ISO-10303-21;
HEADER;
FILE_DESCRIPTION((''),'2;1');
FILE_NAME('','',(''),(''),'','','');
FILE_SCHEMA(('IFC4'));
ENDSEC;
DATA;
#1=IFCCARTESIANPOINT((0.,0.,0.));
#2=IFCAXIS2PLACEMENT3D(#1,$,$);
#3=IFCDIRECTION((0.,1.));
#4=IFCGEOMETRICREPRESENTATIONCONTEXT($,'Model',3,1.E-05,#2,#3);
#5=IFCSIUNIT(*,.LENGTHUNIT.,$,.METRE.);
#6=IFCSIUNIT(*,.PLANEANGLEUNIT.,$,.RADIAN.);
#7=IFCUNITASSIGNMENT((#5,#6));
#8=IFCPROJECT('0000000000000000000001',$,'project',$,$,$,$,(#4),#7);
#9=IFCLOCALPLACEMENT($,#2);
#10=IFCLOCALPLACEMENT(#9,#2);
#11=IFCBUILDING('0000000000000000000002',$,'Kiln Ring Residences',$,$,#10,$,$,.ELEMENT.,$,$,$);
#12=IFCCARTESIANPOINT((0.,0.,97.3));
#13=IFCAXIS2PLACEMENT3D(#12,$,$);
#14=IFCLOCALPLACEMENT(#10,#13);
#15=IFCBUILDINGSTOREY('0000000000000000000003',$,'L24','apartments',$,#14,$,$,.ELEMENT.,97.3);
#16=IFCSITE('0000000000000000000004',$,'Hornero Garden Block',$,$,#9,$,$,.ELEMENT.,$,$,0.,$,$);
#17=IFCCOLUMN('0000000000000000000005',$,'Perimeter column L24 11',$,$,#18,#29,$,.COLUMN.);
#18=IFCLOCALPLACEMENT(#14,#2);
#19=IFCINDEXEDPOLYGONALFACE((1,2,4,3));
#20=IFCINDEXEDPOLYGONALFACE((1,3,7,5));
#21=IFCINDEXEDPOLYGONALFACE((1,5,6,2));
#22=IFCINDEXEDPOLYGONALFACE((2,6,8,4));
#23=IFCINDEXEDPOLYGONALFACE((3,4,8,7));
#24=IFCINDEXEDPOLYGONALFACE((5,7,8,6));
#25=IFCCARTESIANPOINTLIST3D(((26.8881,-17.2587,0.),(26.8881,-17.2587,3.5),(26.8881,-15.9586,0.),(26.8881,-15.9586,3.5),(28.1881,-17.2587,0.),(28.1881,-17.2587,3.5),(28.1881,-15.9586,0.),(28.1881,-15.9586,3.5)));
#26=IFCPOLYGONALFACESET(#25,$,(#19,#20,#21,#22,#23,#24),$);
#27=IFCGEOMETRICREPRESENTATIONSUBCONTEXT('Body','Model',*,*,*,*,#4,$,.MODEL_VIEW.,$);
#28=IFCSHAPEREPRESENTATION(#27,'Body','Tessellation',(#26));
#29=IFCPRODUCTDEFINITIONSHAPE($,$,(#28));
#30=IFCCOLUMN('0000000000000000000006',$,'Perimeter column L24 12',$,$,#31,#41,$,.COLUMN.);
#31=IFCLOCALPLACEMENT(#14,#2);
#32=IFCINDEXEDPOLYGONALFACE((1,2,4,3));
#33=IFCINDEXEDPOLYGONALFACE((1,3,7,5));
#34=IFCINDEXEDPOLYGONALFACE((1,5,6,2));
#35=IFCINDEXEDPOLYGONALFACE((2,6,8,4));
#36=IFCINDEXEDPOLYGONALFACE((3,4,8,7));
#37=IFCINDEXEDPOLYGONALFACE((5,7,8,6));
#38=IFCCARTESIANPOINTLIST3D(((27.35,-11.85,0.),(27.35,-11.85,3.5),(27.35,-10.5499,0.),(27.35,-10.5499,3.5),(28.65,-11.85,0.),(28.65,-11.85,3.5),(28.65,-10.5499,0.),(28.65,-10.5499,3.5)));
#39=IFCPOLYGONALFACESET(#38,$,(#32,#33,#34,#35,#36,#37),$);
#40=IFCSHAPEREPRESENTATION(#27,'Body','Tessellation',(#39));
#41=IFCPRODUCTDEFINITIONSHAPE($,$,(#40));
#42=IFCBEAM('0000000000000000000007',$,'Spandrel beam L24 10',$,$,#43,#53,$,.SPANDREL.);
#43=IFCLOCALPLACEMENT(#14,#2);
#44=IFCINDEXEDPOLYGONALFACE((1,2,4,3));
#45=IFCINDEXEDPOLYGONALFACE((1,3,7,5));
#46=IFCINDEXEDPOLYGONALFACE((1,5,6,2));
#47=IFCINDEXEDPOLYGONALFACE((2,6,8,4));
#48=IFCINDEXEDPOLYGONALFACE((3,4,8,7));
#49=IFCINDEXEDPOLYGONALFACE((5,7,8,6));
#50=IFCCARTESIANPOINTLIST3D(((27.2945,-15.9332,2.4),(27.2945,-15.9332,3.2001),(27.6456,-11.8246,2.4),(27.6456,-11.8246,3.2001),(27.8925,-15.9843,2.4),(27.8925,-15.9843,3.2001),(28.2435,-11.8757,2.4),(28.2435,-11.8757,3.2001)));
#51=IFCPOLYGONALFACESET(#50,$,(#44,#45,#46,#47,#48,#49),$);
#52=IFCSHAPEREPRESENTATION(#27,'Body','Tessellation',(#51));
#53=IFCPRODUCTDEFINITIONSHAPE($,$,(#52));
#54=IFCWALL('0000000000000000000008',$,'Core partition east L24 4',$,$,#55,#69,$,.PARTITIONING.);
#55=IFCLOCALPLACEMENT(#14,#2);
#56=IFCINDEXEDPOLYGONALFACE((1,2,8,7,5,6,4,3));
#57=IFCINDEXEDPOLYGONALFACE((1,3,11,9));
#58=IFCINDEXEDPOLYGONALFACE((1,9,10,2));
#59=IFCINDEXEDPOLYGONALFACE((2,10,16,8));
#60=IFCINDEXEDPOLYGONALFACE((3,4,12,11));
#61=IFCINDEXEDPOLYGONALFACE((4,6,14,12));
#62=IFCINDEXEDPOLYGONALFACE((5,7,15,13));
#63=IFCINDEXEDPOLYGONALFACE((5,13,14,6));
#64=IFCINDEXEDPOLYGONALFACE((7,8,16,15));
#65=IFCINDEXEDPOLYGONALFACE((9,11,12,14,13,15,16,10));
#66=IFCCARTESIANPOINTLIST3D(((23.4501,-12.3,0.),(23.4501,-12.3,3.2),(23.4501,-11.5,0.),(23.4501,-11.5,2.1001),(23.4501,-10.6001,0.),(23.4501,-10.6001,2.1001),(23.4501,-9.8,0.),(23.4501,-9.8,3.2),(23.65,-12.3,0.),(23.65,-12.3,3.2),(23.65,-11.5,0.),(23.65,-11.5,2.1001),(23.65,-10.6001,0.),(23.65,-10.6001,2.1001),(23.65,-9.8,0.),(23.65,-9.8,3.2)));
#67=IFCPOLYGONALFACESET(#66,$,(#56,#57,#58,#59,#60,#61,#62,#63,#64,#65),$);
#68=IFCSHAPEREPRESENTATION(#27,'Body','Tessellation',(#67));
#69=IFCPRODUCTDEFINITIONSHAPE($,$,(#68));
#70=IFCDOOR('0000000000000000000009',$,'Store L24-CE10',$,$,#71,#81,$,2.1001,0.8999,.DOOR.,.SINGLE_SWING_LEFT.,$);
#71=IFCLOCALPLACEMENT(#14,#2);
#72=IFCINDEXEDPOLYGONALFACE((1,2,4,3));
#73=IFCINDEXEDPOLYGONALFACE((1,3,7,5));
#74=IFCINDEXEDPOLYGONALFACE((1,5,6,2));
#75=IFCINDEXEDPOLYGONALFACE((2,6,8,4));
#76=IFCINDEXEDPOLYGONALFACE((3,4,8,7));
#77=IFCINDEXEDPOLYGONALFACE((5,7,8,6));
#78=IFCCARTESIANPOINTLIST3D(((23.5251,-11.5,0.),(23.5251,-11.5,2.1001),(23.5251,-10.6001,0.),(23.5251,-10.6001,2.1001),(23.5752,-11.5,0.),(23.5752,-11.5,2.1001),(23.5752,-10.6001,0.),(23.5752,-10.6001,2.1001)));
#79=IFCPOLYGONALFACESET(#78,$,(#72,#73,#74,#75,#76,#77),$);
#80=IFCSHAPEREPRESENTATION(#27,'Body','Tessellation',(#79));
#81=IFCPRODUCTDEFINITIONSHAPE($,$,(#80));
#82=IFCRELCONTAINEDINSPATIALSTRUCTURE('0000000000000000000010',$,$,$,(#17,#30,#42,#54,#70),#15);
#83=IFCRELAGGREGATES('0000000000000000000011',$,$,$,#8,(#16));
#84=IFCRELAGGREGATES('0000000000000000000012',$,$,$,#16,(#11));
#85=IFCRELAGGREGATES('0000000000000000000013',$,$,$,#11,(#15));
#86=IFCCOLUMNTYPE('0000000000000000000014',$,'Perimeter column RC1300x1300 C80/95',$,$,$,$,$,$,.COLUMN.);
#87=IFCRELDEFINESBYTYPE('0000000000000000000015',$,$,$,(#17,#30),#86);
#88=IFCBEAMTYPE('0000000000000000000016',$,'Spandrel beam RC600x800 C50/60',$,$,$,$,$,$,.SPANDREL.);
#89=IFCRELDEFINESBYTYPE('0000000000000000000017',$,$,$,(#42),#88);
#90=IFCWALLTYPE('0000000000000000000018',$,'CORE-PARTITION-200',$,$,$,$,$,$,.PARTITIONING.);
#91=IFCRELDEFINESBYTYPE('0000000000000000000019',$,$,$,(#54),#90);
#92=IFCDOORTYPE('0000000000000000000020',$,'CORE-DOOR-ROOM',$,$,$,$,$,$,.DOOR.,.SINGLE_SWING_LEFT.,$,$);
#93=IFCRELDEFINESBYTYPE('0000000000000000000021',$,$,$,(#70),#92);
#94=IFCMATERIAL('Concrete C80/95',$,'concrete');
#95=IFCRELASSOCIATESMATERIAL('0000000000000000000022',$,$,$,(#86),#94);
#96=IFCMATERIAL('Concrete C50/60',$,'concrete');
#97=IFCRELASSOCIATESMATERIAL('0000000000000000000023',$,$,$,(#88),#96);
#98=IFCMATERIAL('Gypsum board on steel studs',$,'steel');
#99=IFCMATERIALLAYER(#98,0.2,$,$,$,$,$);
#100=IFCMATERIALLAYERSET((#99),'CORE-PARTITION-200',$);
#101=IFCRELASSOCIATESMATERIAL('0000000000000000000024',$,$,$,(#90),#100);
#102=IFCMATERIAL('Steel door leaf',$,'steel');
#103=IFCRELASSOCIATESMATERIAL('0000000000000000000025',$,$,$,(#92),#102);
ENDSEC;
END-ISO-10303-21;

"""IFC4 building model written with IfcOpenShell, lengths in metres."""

from ifc_helpers import new_model, si_unit, direction, frame, frame_2d, origin, origin_2d, place, context, subcontext, project, spatial, rectangle, extrude, material, layer, layer_set, material_profile, profile_set, type_object, element, fill, save


model = new_model("IFC4")

# Units and contexts
model_context = context("Model", 3, precision=1e-05, world=origin(), true_north=direction((0.0, 1.0)))
body_context = subcontext(model_context, "Body", "Model", "MODEL_VIEW")
ifc_project = project(units=[si_unit("LENGTHUNIT", "METRE"), si_unit("PLANEANGLEUNIT", "RADIAN")], contexts=[model_context])

# Site, building, storey
site_placement = place(None, origin())
site = spatial("IfcSite", under=ifc_project, at=site_placement, Name="Hornero Garden Block", CompositionType="ELEMENT", RefElevation=0.0)
building_placement = place(site_placement, origin())
building = spatial("IfcBuilding", under=site, at=building_placement, Name="Kiln Ring Residences", CompositionType="ELEMENT")
storey_placement = place(building_placement, frame((0.0, 0.0, 97.3)))
storey = spatial("IfcBuildingStorey", under=building, at=storey_placement, Name="L24", Description="apartments", CompositionType="ELEMENT", Elevation=97.3)

# Columns
ifc_material_1 = material(Name="Concrete C80/95", Category="concrete")
ifc_material_profile_1 = material_profile(ifc_material_1, rectangle(XDim=1.3, YDim=1.3, at=origin_2d()), Name="RC1300x1300")
ifc_profile_set_1 = profile_set([ifc_material_profile_1], Name="Concrete C80/95")
column_type = type_object("IfcColumnType", Name="Perimeter column RC1300x1300 C80/95", PredefinedType="COLUMN", material=ifc_profile_set_1)
for number, where, z_axis, x_axis, name in (
    (1, (27.5381, -16.6086, 0.0), (0.0, 0.0, 1.0), (1.0, 0.0, 0.0), "Perimeter column L24 11"),
    (2, (28.0, -11.2, 0.0), (0.0, 0.0, 1.0), (1.0, 0.0, 0.0), "Perimeter column L24 12"),
):
    element("IfcColumn", number, at=place(storey_placement, frame(where, z_axis=z_axis, x_axis=x_axis)), inside=storey, type_object=column_type, Name=name, PredefinedType="COLUMN", context=body_context, shape_type="SweptSolid", body=[
        extrude(rectangle(XDim=1.3, YDim=1.3, at=origin_2d()), origin(), (0.0, 0.0, 1.0), 3.5),
    ])

# Beam
ifc_material_2 = material(Name="Concrete C50/60", Category="concrete")
ifc_material_profile_2 = material_profile(ifc_material_2, rectangle(XDim=0.6001, YDim=0.8, at=origin_2d()), Name="RC600x800")
ifc_profile_set_2 = profile_set([ifc_material_profile_2], Name="Concrete C50/60")
beam_type = type_object("IfcBeamType", Name="Spandrel beam RC600x800 C50/60", PredefinedType="SPANDREL", material=ifc_profile_set_2)
beam_placement = place(storey_placement, frame((27.5935, -15.9587, 2.8), z_axis=(0.085137, 0.996369, 0.0), x_axis=(-0.996369, 0.085137, 0.0)))
element("IfcBeam", 3, at=beam_placement, inside=storey, type_object=beam_type, Name="Spandrel beam L24 10", PredefinedType="SPANDREL", context=body_context, shape_type="SweptSolid", body=[
    extrude(rectangle(XDim=0.6001, YDim=0.8, at=origin_2d()), origin(), (0.0, 0.0, 1.0), 4.1235),
])

# Wall, opening, door
ifc_material_3 = material(Name="Gypsum board on steel studs", Category="steel")
ifc_layer_1 = layer(ifc_material_3, 0.2)
ifc_layer_set_1 = layer_set([ifc_layer_1], Name="CORE-PARTITION-200")
wall_type_1 = type_object("IfcWallType", Name="CORE-PARTITION-200", PredefinedType="PARTITIONING", material=ifc_layer_set_1)
wall_1_placement = place(storey_placement, frame((23.55, -12.3, 0.0), z_axis=(0.0, 0.0, 1.0), x_axis=(0.0, 1.0, 0.0)))
wall_1 = element("IfcWall", 4, at=wall_1_placement, inside=storey, type_object=wall_type_1, Name="Core partition east L24 4", PredefinedType="PARTITIONING", context=body_context, shape_type="SweptSolid", body=[
    extrude(rectangle(XDim=2.5, YDim=0.2, at=frame_2d((1.25, 0.0))), origin(), (0.0, 0.0, 1.0), 3.2),
])
opening_1_placement = place(wall_1_placement, frame((0.8, 0.0, 0.0)))
opening_1 = element("IfcOpeningElement", 5, at=opening_1_placement, cuts=wall_1, PredefinedType="OPENING", context=body_context, shape_type="SweptSolid", body=[
    extrude(rectangle(XDim=0.8999, YDim=2.1001, at=frame_2d((0.45, 1.05))), frame((0.0, 0.1099, 0.0), z_axis=(0.0, -1.0, 0.0), x_axis=(1.0, 0.0, 0.0)), (0.0, 0.0, 1.0), 0.22),
])
ifc_material_4 = material(Name="Steel door leaf", Category="steel")
door_type_1 = type_object("IfcDoorType", Name="CORE-DOOR-ROOM", OperationType="SINGLE_SWING_LEFT", PredefinedType="DOOR", material=ifc_material_4)
door_1_placement = place(opening_1_placement, origin())
door_1 = element("IfcDoor", 6, at=door_1_placement, inside=storey, type_object=door_type_1, Name="Store L24-CE10", OperationType="SINGLE_SWING_LEFT", OverallHeight=2.1001, OverallWidth=0.8999, PredefinedType="DOOR", context=body_context, shape_type="SweptSolid", body=[
    extrude(rectangle(XDim=0.8999, YDim=2.1001, at=frame_2d((0.45, 1.05))), frame((0.0, 0.0249, 0.0), z_axis=(0.0, -1.0, 0.0), x_axis=(1.0, 0.0, 0.0)), (0.0, 0.0, 1.0), 0.05),
])
fill(opening_1, door_1)

save(model, "model.ifc")
